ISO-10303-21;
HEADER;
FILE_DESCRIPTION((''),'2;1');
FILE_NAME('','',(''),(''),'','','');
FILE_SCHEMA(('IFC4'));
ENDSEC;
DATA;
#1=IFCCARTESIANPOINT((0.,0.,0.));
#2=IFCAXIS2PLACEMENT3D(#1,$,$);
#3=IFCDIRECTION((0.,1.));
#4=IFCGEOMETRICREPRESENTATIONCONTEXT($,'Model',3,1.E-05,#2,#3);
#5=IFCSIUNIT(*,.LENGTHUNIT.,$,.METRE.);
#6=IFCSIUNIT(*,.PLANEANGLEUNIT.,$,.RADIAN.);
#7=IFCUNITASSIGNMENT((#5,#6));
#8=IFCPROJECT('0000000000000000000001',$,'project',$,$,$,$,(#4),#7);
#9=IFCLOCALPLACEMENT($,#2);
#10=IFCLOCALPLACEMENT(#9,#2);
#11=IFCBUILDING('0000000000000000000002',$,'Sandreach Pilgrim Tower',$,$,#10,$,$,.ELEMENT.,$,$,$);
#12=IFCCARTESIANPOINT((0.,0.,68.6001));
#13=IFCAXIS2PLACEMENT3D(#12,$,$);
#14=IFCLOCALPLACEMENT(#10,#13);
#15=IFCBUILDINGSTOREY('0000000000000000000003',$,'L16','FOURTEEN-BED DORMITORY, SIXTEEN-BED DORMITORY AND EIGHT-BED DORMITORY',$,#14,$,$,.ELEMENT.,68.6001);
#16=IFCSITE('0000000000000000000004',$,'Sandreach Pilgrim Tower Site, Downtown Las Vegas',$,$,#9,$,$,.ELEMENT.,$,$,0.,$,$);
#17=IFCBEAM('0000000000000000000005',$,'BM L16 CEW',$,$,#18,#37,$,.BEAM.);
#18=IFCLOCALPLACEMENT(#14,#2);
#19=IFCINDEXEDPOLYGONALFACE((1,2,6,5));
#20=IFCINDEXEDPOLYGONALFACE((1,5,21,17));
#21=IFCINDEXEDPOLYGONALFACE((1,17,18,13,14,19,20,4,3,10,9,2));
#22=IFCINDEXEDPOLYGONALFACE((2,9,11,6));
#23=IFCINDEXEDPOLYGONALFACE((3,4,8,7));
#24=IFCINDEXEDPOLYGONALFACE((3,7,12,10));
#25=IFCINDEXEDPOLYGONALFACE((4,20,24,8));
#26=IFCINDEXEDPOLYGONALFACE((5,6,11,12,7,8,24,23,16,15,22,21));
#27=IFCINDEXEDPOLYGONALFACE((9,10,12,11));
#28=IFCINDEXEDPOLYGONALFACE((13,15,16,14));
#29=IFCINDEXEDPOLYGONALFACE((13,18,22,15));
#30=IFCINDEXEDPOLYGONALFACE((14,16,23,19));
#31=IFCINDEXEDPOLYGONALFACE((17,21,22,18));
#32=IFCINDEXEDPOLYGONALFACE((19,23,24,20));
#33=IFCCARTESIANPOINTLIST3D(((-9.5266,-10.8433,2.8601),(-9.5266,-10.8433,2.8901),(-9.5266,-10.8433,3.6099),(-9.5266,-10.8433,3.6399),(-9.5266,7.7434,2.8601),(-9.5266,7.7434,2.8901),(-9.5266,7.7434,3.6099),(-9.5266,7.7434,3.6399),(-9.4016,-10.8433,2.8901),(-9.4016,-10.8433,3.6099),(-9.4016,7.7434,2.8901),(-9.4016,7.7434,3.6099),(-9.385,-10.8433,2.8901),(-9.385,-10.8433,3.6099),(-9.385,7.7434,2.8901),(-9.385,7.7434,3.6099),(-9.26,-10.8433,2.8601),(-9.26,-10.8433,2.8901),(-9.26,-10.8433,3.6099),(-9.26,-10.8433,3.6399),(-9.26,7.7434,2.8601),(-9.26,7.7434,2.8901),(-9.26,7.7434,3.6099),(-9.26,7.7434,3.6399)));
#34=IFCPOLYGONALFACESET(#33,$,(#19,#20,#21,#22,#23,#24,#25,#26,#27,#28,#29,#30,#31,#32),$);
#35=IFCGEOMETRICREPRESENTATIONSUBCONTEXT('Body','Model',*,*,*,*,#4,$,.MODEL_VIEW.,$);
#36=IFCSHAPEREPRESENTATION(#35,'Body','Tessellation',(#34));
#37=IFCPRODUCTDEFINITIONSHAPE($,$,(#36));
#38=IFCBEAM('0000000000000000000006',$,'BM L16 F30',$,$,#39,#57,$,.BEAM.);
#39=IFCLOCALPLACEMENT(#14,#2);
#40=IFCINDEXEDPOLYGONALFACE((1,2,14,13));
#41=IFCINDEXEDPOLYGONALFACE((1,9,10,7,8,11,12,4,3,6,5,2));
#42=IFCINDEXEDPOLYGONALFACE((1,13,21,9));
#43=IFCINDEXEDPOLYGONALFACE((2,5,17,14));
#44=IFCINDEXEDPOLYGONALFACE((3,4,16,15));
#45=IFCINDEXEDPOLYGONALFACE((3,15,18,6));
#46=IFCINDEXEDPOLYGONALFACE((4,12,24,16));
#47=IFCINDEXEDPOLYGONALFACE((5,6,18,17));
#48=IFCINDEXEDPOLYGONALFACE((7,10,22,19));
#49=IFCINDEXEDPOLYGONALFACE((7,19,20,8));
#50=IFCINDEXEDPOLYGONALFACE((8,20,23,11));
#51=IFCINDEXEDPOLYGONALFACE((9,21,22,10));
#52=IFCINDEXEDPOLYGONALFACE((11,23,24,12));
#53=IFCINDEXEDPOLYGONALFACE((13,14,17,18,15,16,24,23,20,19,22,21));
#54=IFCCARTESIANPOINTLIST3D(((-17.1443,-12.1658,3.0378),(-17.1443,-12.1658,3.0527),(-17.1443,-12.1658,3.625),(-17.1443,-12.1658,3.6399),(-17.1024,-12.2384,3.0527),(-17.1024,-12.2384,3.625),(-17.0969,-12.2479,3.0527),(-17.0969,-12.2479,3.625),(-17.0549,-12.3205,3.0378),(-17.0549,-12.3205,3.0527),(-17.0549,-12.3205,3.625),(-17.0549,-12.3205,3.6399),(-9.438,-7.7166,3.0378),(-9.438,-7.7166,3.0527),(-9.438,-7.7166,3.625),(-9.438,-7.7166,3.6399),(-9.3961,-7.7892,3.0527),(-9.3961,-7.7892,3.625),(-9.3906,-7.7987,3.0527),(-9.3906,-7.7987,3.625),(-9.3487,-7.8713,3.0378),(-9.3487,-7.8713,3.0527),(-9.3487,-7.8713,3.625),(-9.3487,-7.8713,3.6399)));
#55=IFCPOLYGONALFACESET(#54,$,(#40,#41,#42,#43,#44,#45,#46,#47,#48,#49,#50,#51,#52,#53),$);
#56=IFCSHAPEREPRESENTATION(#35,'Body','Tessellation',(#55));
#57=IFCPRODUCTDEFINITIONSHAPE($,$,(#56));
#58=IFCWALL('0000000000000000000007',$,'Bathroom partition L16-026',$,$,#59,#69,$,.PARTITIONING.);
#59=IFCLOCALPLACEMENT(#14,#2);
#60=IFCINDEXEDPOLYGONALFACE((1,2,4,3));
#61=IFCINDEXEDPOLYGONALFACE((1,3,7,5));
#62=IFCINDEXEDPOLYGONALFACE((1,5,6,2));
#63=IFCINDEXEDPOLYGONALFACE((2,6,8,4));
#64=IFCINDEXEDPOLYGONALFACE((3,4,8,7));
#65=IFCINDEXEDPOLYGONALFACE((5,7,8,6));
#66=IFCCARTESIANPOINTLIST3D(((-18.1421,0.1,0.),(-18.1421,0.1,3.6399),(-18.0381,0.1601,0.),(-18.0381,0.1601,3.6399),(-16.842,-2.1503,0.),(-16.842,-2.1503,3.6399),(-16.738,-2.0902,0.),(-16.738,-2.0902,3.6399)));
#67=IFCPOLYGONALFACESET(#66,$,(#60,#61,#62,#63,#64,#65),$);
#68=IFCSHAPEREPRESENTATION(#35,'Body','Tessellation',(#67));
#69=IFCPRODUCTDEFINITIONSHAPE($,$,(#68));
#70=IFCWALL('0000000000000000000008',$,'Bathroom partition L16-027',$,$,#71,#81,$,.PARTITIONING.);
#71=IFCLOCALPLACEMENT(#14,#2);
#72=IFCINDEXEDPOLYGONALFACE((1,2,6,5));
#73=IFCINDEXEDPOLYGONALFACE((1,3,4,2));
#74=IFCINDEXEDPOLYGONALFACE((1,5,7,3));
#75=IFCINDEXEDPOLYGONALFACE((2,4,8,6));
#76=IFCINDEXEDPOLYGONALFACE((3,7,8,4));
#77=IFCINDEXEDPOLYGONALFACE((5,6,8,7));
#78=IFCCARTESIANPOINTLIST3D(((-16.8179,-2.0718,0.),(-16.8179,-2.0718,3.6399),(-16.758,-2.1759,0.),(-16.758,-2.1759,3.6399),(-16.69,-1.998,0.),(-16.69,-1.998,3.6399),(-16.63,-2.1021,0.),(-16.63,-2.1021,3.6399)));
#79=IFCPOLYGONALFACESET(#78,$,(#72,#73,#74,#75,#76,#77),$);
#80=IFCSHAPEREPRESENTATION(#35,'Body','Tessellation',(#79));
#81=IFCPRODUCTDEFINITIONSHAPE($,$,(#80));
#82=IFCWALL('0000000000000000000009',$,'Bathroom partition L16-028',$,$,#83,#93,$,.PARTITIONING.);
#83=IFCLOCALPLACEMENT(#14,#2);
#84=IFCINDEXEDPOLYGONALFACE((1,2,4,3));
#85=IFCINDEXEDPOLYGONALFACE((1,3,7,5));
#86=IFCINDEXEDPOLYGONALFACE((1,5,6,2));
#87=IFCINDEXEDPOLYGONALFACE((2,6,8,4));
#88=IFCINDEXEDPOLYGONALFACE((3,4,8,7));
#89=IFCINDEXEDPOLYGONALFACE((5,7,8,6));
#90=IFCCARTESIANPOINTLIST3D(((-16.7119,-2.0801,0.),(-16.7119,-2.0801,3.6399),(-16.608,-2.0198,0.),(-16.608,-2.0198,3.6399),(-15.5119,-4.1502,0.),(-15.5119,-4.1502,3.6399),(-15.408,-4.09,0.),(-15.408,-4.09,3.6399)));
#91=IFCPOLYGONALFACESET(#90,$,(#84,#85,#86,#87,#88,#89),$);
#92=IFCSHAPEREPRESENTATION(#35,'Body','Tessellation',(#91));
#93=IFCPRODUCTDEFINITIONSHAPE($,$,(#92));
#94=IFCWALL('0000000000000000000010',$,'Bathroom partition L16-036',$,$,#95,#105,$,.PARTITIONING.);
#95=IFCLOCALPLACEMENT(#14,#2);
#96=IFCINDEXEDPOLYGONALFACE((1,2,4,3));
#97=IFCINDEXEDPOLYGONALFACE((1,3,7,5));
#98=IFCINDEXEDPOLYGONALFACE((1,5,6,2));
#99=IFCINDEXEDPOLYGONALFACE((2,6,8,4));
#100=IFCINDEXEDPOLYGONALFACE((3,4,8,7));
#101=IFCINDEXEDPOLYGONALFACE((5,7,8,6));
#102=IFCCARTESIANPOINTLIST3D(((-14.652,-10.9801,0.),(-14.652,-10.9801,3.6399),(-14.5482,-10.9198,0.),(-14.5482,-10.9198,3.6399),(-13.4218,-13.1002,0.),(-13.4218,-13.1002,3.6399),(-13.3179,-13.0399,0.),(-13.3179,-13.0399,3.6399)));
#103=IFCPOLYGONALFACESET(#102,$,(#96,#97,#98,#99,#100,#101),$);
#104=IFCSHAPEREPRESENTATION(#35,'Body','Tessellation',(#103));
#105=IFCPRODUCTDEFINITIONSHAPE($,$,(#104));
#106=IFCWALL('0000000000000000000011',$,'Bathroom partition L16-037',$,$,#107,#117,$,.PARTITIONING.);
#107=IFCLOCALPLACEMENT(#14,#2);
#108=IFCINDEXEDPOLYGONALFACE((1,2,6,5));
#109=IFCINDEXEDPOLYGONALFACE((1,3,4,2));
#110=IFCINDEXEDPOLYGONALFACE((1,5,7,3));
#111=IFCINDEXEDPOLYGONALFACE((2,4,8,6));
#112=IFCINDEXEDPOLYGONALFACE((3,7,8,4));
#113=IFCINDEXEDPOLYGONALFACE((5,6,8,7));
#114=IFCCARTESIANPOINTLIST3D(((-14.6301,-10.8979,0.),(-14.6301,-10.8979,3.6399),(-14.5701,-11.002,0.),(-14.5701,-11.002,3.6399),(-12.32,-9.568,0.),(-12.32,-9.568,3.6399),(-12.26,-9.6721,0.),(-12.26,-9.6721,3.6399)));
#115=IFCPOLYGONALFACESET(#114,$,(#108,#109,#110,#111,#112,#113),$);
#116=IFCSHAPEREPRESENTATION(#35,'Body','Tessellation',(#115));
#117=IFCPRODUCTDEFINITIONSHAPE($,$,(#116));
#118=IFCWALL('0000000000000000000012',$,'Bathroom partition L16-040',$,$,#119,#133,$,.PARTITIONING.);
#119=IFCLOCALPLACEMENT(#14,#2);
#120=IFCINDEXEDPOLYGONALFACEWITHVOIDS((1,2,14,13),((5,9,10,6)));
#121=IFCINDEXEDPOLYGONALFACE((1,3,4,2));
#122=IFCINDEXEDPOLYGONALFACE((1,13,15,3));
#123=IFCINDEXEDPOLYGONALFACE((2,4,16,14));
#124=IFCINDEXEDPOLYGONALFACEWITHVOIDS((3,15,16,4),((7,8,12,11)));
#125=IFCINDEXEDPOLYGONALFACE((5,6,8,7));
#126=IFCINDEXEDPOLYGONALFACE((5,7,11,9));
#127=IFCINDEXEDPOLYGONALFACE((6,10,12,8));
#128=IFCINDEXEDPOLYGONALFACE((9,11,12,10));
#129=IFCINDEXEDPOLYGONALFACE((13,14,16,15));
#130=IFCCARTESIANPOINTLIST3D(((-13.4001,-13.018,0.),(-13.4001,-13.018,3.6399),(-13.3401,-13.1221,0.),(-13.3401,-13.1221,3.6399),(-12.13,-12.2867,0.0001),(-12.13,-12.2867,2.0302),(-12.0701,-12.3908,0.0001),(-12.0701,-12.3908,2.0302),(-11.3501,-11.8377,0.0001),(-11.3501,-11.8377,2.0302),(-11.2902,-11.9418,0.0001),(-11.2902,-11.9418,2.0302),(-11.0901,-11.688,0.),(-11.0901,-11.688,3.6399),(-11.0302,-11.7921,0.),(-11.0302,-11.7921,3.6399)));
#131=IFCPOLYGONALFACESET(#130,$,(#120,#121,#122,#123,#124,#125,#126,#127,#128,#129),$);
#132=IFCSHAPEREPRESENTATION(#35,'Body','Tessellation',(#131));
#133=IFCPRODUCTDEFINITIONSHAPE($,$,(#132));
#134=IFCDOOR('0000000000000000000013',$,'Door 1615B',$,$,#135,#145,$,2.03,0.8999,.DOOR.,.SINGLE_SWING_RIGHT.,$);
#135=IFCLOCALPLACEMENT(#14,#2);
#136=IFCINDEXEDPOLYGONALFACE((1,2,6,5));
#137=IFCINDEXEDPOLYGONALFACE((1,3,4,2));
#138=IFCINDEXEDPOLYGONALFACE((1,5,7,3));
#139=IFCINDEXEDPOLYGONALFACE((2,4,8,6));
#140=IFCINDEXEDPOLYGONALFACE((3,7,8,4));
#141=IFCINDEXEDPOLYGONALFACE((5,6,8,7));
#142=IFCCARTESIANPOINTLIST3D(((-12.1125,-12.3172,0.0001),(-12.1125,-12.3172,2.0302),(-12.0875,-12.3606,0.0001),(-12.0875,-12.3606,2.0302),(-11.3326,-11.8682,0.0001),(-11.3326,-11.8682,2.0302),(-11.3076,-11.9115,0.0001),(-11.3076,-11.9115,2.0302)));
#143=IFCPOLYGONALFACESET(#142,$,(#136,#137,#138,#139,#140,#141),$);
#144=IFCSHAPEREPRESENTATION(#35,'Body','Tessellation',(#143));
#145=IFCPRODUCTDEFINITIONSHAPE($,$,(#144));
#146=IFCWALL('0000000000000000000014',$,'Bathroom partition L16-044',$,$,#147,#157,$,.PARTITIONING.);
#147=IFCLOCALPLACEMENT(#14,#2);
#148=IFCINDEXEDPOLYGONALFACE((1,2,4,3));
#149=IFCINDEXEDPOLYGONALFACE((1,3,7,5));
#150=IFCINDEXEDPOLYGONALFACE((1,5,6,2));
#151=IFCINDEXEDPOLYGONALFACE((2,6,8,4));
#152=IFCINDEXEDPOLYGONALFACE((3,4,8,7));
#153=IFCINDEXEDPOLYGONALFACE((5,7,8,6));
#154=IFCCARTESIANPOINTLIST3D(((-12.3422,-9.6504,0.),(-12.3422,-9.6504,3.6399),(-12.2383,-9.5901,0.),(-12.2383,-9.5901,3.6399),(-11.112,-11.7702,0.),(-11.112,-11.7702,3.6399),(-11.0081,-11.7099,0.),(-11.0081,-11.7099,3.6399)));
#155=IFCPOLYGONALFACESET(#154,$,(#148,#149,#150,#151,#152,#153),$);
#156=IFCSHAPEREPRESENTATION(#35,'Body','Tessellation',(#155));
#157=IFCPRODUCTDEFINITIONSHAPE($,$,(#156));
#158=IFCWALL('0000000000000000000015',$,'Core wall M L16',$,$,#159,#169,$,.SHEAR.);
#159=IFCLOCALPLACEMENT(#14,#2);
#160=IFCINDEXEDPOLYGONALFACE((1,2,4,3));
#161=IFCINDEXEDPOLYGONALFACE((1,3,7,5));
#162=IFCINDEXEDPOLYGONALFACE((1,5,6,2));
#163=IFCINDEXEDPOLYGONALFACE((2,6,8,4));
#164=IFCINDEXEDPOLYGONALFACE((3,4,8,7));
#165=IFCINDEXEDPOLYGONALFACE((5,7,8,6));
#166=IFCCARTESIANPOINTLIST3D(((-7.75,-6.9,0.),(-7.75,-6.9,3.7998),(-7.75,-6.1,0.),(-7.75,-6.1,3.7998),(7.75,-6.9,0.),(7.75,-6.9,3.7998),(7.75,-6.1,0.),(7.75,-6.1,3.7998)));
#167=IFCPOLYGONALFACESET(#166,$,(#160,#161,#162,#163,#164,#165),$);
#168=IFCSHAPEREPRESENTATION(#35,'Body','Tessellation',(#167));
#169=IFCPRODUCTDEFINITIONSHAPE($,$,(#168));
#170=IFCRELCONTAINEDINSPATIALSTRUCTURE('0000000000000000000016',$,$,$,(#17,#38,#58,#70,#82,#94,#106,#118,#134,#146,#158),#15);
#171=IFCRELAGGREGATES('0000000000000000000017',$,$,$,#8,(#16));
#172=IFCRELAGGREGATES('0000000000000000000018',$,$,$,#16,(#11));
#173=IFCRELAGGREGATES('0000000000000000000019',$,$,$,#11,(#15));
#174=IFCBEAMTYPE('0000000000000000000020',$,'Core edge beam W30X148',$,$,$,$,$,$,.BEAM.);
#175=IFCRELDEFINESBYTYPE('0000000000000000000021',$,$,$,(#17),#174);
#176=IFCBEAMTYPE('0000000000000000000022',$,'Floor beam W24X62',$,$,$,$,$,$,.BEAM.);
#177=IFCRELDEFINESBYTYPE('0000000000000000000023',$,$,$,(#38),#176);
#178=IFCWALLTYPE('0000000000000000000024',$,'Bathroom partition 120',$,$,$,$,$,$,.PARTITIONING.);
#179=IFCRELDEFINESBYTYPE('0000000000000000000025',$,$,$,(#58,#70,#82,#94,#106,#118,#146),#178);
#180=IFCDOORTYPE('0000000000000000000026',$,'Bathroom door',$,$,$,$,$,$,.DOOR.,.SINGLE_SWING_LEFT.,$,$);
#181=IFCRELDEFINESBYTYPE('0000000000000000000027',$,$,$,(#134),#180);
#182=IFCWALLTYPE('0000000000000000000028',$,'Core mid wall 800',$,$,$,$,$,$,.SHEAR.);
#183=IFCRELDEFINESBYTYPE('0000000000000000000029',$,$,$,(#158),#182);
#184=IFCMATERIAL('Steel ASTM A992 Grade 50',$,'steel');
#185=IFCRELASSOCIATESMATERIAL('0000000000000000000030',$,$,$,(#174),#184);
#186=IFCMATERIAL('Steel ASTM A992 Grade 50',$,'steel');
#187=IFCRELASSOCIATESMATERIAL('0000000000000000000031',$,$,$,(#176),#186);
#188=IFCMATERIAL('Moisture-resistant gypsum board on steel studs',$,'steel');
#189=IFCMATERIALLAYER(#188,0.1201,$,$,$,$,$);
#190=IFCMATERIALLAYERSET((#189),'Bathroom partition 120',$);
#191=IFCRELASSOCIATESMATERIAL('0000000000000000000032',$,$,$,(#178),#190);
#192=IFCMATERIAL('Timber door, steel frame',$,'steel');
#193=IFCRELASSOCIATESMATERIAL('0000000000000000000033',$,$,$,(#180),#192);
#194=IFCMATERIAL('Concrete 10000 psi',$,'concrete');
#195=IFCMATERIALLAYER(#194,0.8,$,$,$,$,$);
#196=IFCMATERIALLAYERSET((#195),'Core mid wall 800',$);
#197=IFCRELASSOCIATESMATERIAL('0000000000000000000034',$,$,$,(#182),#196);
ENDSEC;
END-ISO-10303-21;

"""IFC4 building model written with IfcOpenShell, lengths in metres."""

from ifc_helpers import new_model, si_unit, direction, frame, frame_2d, origin, origin_2d, place, context, subcontext, project, spatial, rectangle, i_section, extrude, material, layer, layer_set, material_profile, profile_set, type_object, element, fill, save


model = new_model("IFC4")

# Units and contexts
model_context = context("Model", 3, precision=1e-05, world=origin(), true_north=direction((0.0, 1.0)))
body_context = subcontext(model_context, "Body", "Model", "MODEL_VIEW")
ifc_project = project(units=[si_unit("LENGTHUNIT", "METRE"), si_unit("PLANEANGLEUNIT", "RADIAN")], contexts=[model_context])

# Site, building, storey
site_placement = place(None, origin())
site = spatial("IfcSite", under=ifc_project, at=site_placement, Name="Sandreach Pilgrim Tower Site, Downtown Las Vegas", CompositionType="ELEMENT", RefElevation=0.0)
building_placement = place(site_placement, origin())
building = spatial("IfcBuilding", under=site, at=building_placement, Name="Sandreach Pilgrim Tower", CompositionType="ELEMENT")
storey_placement = place(building_placement, frame((0.0, 0.0, 68.6001)))
storey = spatial("IfcBuildingStorey", under=building, at=storey_placement, Name="L16", Description="FOURTEEN-BED DORMITORY, SIXTEEN-BED DORMITORY AND EIGHT-BED DORMITORY", CompositionType="ELEMENT", Elevation=68.6001)

# Beams
ifc_material_1 = material(Name="Steel ASTM A992 Grade 50", Category="steel")
ifc_material_profile_1 = material_profile(ifc_material_1, i_section(OverallWidth=0.2666, OverallDepth=0.7798, WebThickness=0.0166, FlangeThickness=0.03, at=origin_2d()), Name="W30X148")
ifc_profile_set_1 = profile_set([ifc_material_profile_1], Name="Steel ASTM A992 Grade 50")
beam_type_1 = type_object("IfcBeamType", Name="Core edge beam W30X148", PredefinedType="BEAM", material=ifc_profile_set_1)
beam_1_placement = place(storey_placement, frame((-9.3933, -10.8433, 3.25), z_axis=(0.0, 1.0, 0.0), x_axis=(-1.0, 0.0, 0.0)))
element("IfcBeam", 1, at=beam_1_placement, inside=storey, type_object=beam_type_1, Name="BM L16 CEW", PredefinedType="BEAM", context=body_context, shape_type="SweptSolid", body=[
    extrude(i_section(OverallWidth=0.2666, OverallDepth=0.7798, WebThickness=0.0166, FlangeThickness=0.03, at=origin_2d()), origin(), (0.0, 0.0, 1.0), 18.5867),
])
ifc_material_2 = material(Name="Steel ASTM A992 Grade 50", Category="steel")
ifc_material_profile_2 = material_profile(ifc_material_2, i_section(OverallWidth=0.1787, OverallDepth=0.6021, WebThickness=0.011, FlangeThickness=0.0149, at=origin_2d()), Name="W24X62")
ifc_profile_set_2 = profile_set([ifc_material_profile_2], Name="Steel ASTM A992 Grade 50")
beam_type_2 = type_object("IfcBeamType", Name="Floor beam W24X62", PredefinedType="BEAM", material=ifc_profile_set_2)
beam_2_placement = place(storey_placement, frame((-17.0996, -12.2432, 3.3389), z_axis=(0.866026, 0.499999, 0.0), x_axis=(-0.499999, 0.866026, 0.0)))
element("IfcBeam", 2, at=beam_2_placement, inside=storey, type_object=beam_type_2, Name="BM L16 F30", PredefinedType="BEAM", context=body_context, shape_type="SweptSolid", body=[
    extrude(i_section(OverallWidth=0.1787, OverallDepth=0.6021, WebThickness=0.011, FlangeThickness=0.0149, at=origin_2d()), origin(), (0.0, 0.0, 1.0), 8.8984),
])

# Walls
ifc_material_3 = material(Name="Moisture-resistant gypsum board on steel studs", Category="steel")
ifc_layer_1 = layer(ifc_material_3, 0.1201)
ifc_layer_set_1 = layer_set([ifc_layer_1], Name="Bathroom partition 120")
wall_type_1 = type_object("IfcWallType", Name="Bathroom partition 120", PredefinedType="PARTITIONING", material=ifc_layer_set_1)
wall_1_placement = place(storey_placement, frame((-16.79, -2.1201, 0.0), z_axis=(0.0, 0.0, 1.0), x_axis=(-0.500251, 0.86588, 0.0)))
element("IfcWall", 3, at=wall_1_placement, inside=storey, type_object=wall_type_1, Name="Bathroom partition L16-026", PredefinedType="PARTITIONING", context=body_context, shape_type="SweptSolid", body=[
    extrude(rectangle(XDim=2.5989, YDim=0.1201, at=frame_2d((1.2993, 0.0))), origin(), (0.0, 0.0, 1.0), 3.6399),
])
wall_2_placement = place(storey_placement, frame((-16.7878, -2.1238, 0.0), z_axis=(0.0, 0.0, 1.0), x_axis=(0.866406, 0.499341, 0.0)))
element("IfcWall", 4, at=wall_2_placement, inside=storey, type_object=wall_type_1, Name="Bathroom partition L16-027", PredefinedType="PARTITIONING", context=body_context, shape_type="SweptSolid", body=[
    extrude(rectangle(XDim=0.1477, YDim=0.1201, at=frame_2d((0.0737, 0.0))), origin(), (0.0, 0.0, 1.0), 3.6399),
])
wall_3_placement = place(storey_placement, frame((-16.6599, -2.05, 0.0), z_axis=(0.0, 0.0, 1.0), x_axis=(0.501503, -0.865156, 0.0)))
element("IfcWall", 5, at=wall_3_placement, inside=storey, type_object=wall_type_1, Name="Bathroom partition L16-028", PredefinedType="PARTITIONING", context=body_context, shape_type="SweptSolid", body=[
    extrude(rectangle(XDim=2.3928, YDim=0.1201, at=frame_2d((1.1963, 0.0))), origin(), (0.0, 0.0, 1.0), 3.6399),
])
wall_4_placement = place(storey_placement, frame((-14.6001, -10.95, 0.0), z_axis=(0.0, 0.0, 1.0), x_axis=(0.501888, -0.864933, 0.0)))
element("IfcWall", 6, at=wall_4_placement, inside=storey, type_object=wall_type_1, Name="Bathroom partition L16-036", PredefinedType="PARTITIONING", context=body_context, shape_type="SweptSolid", body=[
    extrude(rectangle(XDim=2.4512, YDim=0.1201, at=frame_2d((1.2256, 0.0))), origin(), (0.0, 0.0, 1.0), 3.6399),
])
wall_5_placement = place(storey_placement, frame((-14.6001, -10.95, 0.0), z_axis=(0.0, 0.0, 1.0), x_axis=(0.866655, 0.498908, 0.0)))
element("IfcWall", 7, at=wall_5_placement, inside=storey, type_object=wall_type_1, Name="Bathroom partition L16-037", PredefinedType="PARTITIONING", context=body_context, shape_type="SweptSolid", body=[
    extrude(rectangle(XDim=2.6655, YDim=0.1201, at=frame_2d((1.3328, 0.0))), origin(), (0.0, 0.0, 1.0), 3.6399),
])

# Wall, opening, door
wall_6_placement = place(storey_placement, frame((-13.3701, -13.0701, 0.0), z_axis=(0.0, 0.0, 1.0), x_axis=(0.866615, 0.498977, 0.0)))
wall_6 = element("IfcWall", 8, at=wall_6_placement, inside=storey, type_object=wall_type_1, Name="Bathroom partition L16-040", PredefinedType="PARTITIONING", context=body_context, shape_type="SweptSolid", body=[
    extrude(rectangle(XDim=2.6655, YDim=0.1201, at=frame_2d((1.3328, 0.0))), origin(), (0.0, 0.0, 1.0), 3.6399),
])
opening_1_placement = place(wall_6_placement, frame((1.4656, 0.0, 0.0)))
opening_1 = element("IfcOpeningElement", 9, at=opening_1_placement, cuts=wall_6, PredefinedType="OPENING", context=body_context, shape_type="SweptSolid", body=[
    extrude(rectangle(XDim=0.8999, YDim=2.03, at=frame_2d((0.45, 1.0151))), frame((0.0, 0.0601, 0.0), z_axis=(0.0, -1.0, 0.0), x_axis=(1.0, 0.0, 0.0)), (0.0, 0.0, 1.0), 0.1201),
])
ifc_material_4 = material(Name="Timber door, steel frame", Category="steel")
door_type_1 = type_object("IfcDoorType", Name="Bathroom door", OperationType="SINGLE_SWING_LEFT", PredefinedType="DOOR", material=ifc_material_4)
door_1_placement = place(opening_1_placement, origin())
door_1 = element("IfcDoor", 10, at=door_1_placement, inside=storey, type_object=door_type_1, Name="Door 1615B", OperationType="SINGLE_SWING_RIGHT", OverallHeight=2.03, OverallWidth=0.8999, PredefinedType="DOOR", context=body_context, shape_type="SweptSolid", body=[
    extrude(rectangle(XDim=0.8999, YDim=2.03, at=frame_2d((0.45, 1.0151))), frame((0.0, 0.0249, 0.0), z_axis=(0.0, -1.0, 0.0), x_axis=(1.0, 0.0, 0.0)), (0.0, 0.0, 1.0), 0.05),
])
fill(opening_1, door_1)

# Walls
wall_7_placement = place(storey_placement, frame((-12.2903, -9.6201, 0.0), z_axis=(0.0, 0.0, 1.0), x_axis=(0.501931, -0.864908, 0.0)))
element("IfcWall", 11, at=wall_7_placement, inside=storey, type_object=wall_type_1, Name="Bathroom partition L16-044", PredefinedType="PARTITIONING", context=body_context, shape_type="SweptSolid", body=[
    extrude(rectangle(XDim=2.4509, YDim=0.1201, at=frame_2d((1.2256, 0.0))), origin(), (0.0, 0.0, 1.0), 3.6399),
])
ifc_material_5 = material(Name="Concrete 10000 psi", Category="concrete")
ifc_layer_2 = layer(ifc_material_5, 0.8)
ifc_layer_set_2 = layer_set([ifc_layer_2], Name="Core mid wall 800")
wall_type_2 = type_object("IfcWallType", Name="Core mid wall 800", PredefinedType="SHEAR", material=ifc_layer_set_2)
wall_8_placement = place(storey_placement, frame((-7.75, -6.5, 0.0), z_axis=(0.0, 0.0, 1.0), x_axis=(1.0, 0.0, 0.0)))
element("IfcWall", 12, at=wall_8_placement, inside=storey, type_object=wall_type_2, Name="Core wall M L16", PredefinedType="SHEAR", context=body_context, shape_type="SweptSolid", body=[
    extrude(rectangle(XDim=15.5, YDim=0.8, at=frame_2d((7.75, 0.0))), origin(), (0.0, 0.0, 1.0), 3.7998),
])

save(model, "model.ifc")
